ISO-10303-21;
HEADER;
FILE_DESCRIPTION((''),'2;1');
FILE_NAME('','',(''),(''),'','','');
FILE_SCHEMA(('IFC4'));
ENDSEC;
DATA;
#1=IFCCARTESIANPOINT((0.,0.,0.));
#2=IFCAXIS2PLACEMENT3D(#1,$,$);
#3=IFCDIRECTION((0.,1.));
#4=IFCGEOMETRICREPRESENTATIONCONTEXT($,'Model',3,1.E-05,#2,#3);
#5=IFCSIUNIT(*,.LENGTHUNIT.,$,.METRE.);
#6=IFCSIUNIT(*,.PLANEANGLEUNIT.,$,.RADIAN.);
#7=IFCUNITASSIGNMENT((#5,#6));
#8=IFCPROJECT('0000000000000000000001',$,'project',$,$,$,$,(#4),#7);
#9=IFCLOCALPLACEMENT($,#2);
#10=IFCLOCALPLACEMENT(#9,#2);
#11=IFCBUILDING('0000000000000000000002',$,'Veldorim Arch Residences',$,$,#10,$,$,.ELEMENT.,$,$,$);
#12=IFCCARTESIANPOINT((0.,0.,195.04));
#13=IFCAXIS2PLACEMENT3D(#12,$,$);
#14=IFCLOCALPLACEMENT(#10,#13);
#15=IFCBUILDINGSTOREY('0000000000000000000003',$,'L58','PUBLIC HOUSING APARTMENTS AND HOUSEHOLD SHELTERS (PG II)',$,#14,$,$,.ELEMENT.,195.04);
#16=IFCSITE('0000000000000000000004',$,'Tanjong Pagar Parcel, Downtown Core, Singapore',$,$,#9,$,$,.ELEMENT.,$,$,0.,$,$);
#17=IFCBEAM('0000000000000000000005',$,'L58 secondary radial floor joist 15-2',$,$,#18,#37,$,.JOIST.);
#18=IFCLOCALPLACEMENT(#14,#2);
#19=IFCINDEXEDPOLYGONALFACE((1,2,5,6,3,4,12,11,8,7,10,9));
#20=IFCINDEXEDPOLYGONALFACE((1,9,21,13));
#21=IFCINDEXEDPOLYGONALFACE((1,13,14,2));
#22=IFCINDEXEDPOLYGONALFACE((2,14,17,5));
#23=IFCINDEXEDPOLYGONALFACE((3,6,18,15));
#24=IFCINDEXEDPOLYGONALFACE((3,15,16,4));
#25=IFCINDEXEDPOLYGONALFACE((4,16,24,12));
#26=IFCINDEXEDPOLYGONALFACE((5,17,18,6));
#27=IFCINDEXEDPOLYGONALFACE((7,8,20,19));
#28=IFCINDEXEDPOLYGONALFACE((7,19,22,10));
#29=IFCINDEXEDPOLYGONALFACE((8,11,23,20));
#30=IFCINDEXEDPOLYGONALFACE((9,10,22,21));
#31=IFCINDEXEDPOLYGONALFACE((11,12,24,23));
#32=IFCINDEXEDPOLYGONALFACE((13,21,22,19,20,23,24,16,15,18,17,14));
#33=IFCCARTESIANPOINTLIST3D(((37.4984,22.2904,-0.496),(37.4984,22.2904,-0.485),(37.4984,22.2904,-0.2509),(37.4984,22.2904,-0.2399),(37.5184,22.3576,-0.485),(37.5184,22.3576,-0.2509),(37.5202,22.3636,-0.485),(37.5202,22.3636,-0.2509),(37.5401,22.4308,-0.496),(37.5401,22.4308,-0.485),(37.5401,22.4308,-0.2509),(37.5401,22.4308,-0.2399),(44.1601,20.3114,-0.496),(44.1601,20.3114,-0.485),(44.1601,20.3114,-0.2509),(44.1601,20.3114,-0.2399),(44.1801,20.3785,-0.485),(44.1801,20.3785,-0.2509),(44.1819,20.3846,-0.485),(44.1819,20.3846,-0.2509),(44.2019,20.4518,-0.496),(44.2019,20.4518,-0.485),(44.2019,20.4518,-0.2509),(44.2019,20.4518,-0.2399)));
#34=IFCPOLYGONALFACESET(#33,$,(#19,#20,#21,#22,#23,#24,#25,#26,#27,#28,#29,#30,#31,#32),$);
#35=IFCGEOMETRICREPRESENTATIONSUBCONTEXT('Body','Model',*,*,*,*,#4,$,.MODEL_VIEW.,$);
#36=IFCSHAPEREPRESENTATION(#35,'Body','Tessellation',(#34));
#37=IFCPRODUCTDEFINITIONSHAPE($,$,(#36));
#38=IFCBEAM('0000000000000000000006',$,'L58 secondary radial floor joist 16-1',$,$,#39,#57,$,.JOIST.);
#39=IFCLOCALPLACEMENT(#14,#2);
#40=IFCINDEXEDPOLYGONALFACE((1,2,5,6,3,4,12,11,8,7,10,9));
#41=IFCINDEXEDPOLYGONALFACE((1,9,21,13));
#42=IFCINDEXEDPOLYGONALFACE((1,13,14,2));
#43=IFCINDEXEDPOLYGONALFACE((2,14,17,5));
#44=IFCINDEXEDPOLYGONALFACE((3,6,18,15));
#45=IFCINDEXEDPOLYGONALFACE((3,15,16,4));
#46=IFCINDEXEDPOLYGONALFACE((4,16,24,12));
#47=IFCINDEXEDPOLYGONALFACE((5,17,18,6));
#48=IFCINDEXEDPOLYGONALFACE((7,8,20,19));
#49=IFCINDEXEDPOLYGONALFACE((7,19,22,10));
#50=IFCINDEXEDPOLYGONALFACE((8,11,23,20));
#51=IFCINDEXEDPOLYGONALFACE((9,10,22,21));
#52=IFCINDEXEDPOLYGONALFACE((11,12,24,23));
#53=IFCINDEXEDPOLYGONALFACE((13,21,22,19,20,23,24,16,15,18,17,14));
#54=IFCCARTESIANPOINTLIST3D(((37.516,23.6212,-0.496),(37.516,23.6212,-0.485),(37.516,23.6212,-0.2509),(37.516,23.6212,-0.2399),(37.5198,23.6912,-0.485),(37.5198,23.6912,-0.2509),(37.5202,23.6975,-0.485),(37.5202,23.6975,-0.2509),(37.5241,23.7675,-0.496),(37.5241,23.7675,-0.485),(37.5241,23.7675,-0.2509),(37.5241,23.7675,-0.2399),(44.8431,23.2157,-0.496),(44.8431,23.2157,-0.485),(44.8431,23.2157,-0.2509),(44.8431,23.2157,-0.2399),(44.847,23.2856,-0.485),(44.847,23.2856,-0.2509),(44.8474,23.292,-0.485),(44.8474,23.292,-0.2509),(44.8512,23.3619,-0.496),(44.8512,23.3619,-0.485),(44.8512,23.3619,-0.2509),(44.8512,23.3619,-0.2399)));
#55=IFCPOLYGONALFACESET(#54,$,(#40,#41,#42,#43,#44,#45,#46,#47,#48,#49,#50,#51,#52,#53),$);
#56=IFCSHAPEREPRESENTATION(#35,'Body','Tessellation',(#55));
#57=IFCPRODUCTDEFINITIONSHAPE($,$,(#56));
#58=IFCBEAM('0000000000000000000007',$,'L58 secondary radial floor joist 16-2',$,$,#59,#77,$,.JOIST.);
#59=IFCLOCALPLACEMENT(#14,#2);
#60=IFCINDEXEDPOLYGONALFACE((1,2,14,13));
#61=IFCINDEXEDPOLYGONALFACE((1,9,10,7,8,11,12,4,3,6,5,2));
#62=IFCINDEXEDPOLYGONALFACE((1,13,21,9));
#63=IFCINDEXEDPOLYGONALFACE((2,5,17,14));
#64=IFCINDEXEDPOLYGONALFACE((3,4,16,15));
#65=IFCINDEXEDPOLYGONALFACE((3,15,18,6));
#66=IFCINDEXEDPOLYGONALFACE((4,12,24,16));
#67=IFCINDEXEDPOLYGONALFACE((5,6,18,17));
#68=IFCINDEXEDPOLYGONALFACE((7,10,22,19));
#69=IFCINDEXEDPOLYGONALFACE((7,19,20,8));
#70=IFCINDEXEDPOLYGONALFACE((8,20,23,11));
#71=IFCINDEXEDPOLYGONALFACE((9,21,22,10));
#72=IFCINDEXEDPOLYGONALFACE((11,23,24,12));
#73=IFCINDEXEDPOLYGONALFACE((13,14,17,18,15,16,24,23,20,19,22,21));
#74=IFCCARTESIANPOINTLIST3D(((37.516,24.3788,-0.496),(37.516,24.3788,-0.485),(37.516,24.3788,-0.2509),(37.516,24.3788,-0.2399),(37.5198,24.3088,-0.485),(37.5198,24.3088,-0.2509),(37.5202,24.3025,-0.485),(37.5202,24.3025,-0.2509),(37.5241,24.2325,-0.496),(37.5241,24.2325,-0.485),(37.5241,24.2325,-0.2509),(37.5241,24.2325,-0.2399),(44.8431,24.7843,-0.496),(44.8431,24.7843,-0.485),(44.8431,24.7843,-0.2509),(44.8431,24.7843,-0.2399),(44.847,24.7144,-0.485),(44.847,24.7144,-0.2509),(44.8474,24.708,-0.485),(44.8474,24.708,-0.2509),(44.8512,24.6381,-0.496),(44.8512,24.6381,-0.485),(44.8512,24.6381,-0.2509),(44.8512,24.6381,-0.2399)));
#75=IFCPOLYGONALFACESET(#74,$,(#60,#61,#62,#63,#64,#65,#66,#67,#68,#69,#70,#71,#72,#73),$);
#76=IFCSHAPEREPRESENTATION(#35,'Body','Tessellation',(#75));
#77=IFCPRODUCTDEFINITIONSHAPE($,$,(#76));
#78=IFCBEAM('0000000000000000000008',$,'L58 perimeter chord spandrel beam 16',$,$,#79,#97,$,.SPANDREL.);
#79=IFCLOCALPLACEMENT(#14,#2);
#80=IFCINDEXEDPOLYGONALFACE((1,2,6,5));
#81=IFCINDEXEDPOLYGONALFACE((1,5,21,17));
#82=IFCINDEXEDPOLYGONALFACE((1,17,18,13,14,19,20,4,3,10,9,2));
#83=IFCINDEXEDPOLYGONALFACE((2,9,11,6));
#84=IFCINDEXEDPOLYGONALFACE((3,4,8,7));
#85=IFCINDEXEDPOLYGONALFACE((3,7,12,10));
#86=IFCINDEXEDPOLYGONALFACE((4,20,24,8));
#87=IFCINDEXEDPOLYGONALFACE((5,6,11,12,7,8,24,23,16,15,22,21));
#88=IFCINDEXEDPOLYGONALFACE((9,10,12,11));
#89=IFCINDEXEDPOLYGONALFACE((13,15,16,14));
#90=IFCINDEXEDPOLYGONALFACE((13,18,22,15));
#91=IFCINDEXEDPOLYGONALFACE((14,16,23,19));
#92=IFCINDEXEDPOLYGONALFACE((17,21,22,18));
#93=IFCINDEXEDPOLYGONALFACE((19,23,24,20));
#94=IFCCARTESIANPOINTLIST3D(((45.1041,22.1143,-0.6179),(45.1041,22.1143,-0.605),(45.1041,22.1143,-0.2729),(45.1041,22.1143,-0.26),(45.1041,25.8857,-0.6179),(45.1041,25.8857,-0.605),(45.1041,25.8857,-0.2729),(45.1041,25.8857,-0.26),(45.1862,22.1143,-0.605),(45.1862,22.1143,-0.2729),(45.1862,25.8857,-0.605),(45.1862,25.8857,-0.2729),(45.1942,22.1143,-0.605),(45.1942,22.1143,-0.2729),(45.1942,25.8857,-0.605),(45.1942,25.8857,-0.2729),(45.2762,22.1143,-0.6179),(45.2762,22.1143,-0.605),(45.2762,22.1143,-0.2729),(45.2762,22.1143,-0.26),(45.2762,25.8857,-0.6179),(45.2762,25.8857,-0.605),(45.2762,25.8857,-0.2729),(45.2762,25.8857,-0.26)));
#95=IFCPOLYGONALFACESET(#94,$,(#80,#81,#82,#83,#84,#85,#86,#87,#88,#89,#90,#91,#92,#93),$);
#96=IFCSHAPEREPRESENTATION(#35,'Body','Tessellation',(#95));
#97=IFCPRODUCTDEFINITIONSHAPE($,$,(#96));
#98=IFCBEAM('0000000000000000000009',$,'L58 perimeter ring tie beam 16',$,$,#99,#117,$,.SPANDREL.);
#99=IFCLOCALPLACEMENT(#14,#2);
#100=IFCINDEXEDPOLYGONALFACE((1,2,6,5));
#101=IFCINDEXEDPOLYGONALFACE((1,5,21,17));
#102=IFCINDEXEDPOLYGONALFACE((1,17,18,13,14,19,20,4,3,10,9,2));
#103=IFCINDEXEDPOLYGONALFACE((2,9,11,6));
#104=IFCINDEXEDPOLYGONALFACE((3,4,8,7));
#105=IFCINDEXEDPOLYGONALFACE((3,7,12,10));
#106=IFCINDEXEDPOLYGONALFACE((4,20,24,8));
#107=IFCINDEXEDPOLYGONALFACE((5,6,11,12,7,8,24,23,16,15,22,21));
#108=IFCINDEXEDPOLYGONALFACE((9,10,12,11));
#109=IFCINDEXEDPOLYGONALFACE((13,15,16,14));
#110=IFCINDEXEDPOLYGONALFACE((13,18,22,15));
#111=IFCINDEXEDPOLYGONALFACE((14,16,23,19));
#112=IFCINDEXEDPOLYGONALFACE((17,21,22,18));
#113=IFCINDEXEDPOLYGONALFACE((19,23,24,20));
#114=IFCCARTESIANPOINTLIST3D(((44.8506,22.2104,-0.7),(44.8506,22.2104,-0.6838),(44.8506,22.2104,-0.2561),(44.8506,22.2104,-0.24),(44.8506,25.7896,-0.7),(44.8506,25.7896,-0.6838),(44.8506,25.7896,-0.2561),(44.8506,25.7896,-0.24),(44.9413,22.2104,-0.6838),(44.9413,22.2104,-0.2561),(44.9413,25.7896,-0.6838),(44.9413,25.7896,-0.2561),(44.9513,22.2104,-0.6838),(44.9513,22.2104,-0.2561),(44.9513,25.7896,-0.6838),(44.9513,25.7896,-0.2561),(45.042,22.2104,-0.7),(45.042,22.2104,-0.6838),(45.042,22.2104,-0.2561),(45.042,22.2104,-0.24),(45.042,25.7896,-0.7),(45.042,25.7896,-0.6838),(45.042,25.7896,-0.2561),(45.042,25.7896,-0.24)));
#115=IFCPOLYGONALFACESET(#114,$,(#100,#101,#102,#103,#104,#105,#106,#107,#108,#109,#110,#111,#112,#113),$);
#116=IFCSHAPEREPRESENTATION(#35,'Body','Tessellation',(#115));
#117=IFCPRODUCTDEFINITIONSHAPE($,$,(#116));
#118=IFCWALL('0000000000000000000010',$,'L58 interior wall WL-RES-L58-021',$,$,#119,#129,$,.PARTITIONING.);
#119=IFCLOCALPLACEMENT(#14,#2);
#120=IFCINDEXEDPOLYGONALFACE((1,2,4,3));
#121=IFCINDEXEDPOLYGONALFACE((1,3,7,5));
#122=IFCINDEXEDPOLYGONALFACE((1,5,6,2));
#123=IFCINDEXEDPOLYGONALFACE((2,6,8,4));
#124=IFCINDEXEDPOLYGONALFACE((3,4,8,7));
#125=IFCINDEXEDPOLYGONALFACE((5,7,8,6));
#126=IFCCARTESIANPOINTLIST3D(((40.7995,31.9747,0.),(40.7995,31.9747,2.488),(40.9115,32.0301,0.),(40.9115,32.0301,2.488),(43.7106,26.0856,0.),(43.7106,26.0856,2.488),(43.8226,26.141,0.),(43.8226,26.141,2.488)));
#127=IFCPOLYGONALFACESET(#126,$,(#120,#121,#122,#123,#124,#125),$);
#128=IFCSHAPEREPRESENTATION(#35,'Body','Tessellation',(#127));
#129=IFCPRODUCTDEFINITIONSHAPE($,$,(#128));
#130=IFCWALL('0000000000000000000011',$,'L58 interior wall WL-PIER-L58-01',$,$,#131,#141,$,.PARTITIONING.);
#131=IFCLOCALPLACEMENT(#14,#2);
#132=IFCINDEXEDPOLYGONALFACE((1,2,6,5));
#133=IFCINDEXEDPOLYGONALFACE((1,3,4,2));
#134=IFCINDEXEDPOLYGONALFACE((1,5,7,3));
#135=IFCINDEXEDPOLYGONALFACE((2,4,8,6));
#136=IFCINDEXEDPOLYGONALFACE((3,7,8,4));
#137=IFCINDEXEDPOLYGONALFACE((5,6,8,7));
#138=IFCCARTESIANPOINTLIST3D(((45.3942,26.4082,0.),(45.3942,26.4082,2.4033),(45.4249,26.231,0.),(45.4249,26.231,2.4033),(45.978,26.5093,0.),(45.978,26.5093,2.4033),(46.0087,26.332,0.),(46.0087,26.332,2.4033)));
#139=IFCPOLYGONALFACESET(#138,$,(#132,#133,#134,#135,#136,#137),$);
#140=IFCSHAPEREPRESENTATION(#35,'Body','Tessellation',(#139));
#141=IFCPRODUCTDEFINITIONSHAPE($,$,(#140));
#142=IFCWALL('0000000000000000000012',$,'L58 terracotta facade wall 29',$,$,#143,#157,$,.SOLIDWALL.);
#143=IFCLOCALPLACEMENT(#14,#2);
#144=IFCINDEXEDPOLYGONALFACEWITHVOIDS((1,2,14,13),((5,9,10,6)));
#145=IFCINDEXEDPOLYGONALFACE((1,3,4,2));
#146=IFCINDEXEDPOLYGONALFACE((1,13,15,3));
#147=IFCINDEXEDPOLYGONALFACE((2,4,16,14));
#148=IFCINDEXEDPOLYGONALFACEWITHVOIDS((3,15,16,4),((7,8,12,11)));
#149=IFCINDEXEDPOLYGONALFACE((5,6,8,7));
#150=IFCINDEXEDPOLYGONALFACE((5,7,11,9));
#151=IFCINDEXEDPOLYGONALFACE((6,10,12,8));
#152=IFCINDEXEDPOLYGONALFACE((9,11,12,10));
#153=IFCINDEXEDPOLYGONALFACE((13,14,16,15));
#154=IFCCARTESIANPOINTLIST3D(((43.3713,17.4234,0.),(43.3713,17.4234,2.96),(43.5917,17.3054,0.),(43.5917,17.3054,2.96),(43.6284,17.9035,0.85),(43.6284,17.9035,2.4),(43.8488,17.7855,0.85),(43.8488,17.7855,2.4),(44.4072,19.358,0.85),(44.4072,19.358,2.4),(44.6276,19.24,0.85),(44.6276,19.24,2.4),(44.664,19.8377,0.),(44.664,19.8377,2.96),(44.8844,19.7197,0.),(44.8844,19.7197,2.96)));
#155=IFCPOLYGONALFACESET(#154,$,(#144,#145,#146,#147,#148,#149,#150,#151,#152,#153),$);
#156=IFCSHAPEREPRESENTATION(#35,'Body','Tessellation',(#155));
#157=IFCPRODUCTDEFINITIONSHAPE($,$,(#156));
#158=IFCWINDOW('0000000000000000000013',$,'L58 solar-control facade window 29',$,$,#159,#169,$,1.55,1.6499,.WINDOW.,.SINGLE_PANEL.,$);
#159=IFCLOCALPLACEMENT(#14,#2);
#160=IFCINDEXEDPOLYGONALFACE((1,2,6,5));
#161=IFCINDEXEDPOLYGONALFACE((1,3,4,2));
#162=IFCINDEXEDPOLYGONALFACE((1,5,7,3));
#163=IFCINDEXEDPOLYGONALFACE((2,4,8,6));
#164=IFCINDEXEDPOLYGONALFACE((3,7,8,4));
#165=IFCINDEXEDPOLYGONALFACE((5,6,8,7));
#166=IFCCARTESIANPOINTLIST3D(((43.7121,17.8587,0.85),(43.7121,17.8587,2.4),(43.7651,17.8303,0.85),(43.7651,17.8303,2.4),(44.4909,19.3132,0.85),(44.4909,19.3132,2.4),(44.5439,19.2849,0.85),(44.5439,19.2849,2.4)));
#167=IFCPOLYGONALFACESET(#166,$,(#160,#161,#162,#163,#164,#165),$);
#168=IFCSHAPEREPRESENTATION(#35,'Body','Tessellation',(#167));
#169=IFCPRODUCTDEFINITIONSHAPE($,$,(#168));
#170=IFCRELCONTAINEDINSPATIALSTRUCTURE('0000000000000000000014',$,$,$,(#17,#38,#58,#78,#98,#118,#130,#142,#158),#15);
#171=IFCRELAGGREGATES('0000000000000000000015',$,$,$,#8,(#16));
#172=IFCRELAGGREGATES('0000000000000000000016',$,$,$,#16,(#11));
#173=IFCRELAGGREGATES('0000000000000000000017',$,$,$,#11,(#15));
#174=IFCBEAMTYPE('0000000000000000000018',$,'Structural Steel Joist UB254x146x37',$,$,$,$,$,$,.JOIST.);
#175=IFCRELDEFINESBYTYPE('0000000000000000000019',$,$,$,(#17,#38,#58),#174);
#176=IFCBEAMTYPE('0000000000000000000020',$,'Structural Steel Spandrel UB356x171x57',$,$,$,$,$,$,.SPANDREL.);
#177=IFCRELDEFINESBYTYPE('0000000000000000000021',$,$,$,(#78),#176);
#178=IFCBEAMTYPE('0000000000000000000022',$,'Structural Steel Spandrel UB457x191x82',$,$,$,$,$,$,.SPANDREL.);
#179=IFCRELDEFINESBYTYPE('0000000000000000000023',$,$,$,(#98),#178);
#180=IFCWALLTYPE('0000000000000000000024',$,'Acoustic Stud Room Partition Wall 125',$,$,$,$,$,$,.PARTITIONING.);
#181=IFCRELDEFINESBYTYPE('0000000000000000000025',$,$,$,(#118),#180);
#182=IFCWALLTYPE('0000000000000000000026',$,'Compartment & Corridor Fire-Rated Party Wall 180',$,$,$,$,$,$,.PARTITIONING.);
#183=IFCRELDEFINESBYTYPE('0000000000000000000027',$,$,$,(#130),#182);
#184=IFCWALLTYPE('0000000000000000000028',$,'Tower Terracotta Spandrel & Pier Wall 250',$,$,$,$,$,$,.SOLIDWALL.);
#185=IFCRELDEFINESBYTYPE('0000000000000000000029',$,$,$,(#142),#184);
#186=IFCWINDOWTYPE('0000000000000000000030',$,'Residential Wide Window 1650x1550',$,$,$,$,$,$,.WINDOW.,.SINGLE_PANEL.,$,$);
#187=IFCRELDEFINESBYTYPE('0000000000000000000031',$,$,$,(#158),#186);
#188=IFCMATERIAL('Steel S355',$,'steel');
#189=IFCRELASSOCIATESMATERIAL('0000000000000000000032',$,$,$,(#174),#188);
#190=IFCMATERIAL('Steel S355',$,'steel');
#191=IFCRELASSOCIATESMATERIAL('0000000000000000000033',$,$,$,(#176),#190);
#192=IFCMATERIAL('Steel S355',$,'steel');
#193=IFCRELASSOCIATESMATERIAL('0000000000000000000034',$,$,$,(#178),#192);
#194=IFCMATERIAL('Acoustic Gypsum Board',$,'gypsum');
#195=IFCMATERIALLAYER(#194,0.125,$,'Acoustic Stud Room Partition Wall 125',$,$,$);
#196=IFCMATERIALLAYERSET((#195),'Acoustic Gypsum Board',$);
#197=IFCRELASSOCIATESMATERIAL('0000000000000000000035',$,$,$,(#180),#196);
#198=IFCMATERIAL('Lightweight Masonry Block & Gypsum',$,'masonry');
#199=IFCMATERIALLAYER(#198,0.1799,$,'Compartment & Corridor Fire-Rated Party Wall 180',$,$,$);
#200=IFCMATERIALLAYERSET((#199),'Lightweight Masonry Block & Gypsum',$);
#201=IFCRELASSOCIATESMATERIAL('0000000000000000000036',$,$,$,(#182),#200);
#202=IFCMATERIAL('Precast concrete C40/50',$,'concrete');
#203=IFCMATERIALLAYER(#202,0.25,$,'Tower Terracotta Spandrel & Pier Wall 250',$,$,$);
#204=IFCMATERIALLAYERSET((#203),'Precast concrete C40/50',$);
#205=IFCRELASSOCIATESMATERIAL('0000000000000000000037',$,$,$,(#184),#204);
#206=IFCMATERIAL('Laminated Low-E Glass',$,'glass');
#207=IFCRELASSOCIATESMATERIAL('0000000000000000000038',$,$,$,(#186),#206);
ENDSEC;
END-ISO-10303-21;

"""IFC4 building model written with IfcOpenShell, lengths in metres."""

from ifc_helpers import new_model, si_unit, direction, frame, frame_2d, origin, origin_2d, place, context, subcontext, project, spatial, rectangle, i_section, extrude, material, layer, layer_set, material_profile, profile_set, type_object, element, fill, save


model = new_model("IFC4")

# Units and contexts
model_context = context("Model", 3, precision=1e-05, world=origin(), true_north=direction((0.0, 1.0)))
body_context = subcontext(model_context, "Body", "Model", "MODEL_VIEW")
ifc_project = project(units=[si_unit("LENGTHUNIT", "METRE"), si_unit("PLANEANGLEUNIT", "RADIAN")], contexts=[model_context])

# Site, building, storey
site_placement = place(None, origin())
site = spatial("IfcSite", under=ifc_project, at=site_placement, Name="Tanjong Pagar Parcel, Downtown Core, Singapore", CompositionType="ELEMENT", RefElevation=0.0)
building_placement = place(site_placement, origin())
building = spatial("IfcBuilding", under=site, at=building_placement, Name="Veldorim Arch Residences", CompositionType="ELEMENT")
storey_placement = place(building_placement, frame((0.0, 0.0, 195.04)))
storey = spatial("IfcBuildingStorey", under=building, at=storey_placement, Name="L58", Description="PUBLIC HOUSING APARTMENTS AND HOUSEHOLD SHELTERS (PG II)", CompositionType="ELEMENT", Elevation=195.04)

# Beams
ifc_material_1 = material(Name="Steel S355", Category="steel")
ifc_material_profile_1 = material_profile(ifc_material_1, i_section(OverallWidth=0.1465, OverallDepth=0.2561, WebThickness=0.0063, FlangeThickness=0.011, at=origin_2d()), Name="UB254x146x37")
ifc_profile_set_1 = profile_set([ifc_material_profile_1], Name="Steel S355")
beam_type_1 = type_object("IfcBeamType", Name="Structural Steel Joist UB254x146x37", PredefinedType="JOIST", material=ifc_profile_set_1)
beam_1_placement = place(storey_placement, frame((37.5193, 22.3606, -0.3679), z_axis=(0.958594, -0.284775, 0.0), x_axis=(0.284775, 0.958594, 0.0)))
element("IfcBeam", 1, at=beam_1_placement, inside=storey, type_object=beam_type_1, Name="L58 secondary radial floor joist 15-2", PredefinedType="JOIST", context=body_context, shape_type="SweptSolid", body=[
    extrude(i_section(OverallWidth=0.1465, OverallDepth=0.2561, WebThickness=0.0063, FlangeThickness=0.011, at=origin_2d()), origin(), (0.0, 0.0, 1.0), 6.9495),
])
for number, where, z_axis, x_axis, name in (
    (2, (37.52, 23.6943, -0.3679), (0.998472, -0.05526, 0.0), (0.05526, 0.998472, 0.0), "L58 secondary radial floor joist 16-1"),
    (3, (37.52, 24.3057, -0.3679), (0.998472, 0.05526, 0.0), (-0.05526, 0.998472, 0.0), "L58 secondary radial floor joist 16-2"),
):
    element("IfcBeam", number, at=place(storey_placement, frame(where, z_axis=z_axis, x_axis=x_axis)), inside=storey, type_object=beam_type_1, Name=name, PredefinedType="JOIST", context=body_context, shape_type="SweptSolid", body=[
        extrude(i_section(OverallWidth=0.1465, OverallDepth=0.2561, WebThickness=0.0063, FlangeThickness=0.011, at=origin_2d()), origin(), (0.0, 0.0, 1.0), 7.3384),
    ])
ifc_material_2 = material(Name="Steel S355", Category="steel")
ifc_material_profile_2 = material_profile(ifc_material_2, i_section(OverallWidth=0.1721, OverallDepth=0.3579, WebThickness=0.0081, FlangeThickness=0.0129, at=origin_2d()), Name="UB356x171x57")
ifc_profile_set_2 = profile_set([ifc_material_profile_2], Name="Steel S355")
beam_type_2 = type_object("IfcBeamType", Name="Structural Steel Spandrel UB356x171x57", PredefinedType="SPANDREL", material=ifc_profile_set_2)
beam_2_placement = place(storey_placement, frame((45.1902, 22.1143, -0.439), z_axis=(0.0, 1.0, 0.0), x_axis=(-1.0, 0.0, 0.0)))
element("IfcBeam", 4, at=beam_2_placement, inside=storey, type_object=beam_type_2, Name="L58 perimeter chord spandrel beam 16", PredefinedType="SPANDREL", context=body_context, shape_type="SweptSolid", body=[
    extrude(i_section(OverallWidth=0.1721, OverallDepth=0.3579, WebThickness=0.0081, FlangeThickness=0.0129, at=origin_2d()), origin(), (0.0, 0.0, 1.0), 3.7715),
])
ifc_material_3 = material(Name="Steel S355", Category="steel")
ifc_material_profile_3 = material_profile(ifc_material_3, i_section(OverallWidth=0.1914, OverallDepth=0.46, WebThickness=0.01, FlangeThickness=0.0161, at=origin_2d()), Name="UB457x191x82")
ifc_profile_set_3 = profile_set([ifc_material_profile_3], Name="Steel S355")
beam_type_3 = type_object("IfcBeamType", Name="Structural Steel Spandrel UB457x191x82", PredefinedType="SPANDREL", material=ifc_profile_set_3)
beam_3_placement = place(storey_placement, frame((44.9463, 22.2104, -0.47), z_axis=(0.0, 1.0, 0.0), x_axis=(-1.0, 0.0, 0.0)))
element("IfcBeam", 5, at=beam_3_placement, inside=storey, type_object=beam_type_3, Name="L58 perimeter ring tie beam 16", PredefinedType="SPANDREL", context=body_context, shape_type="SweptSolid", body=[
    extrude(i_section(OverallWidth=0.1914, OverallDepth=0.46, WebThickness=0.01, FlangeThickness=0.0161, at=origin_2d()), origin(), (0.0, 0.0, 1.0), 3.5791),
])

# Walls
ifc_material_4 = material(Name="Acoustic Gypsum Board", Category="gypsum")
ifc_layer_1 = layer(ifc_material_4, 0.125, Name="Acoustic Stud Room Partition Wall 125")
ifc_layer_set_1 = layer_set([ifc_layer_1], Name="Acoustic Gypsum Board")
wall_type_1 = type_object("IfcWallType", Name="Acoustic Stud Room Partition Wall 125", PredefinedType="PARTITIONING", material=ifc_layer_set_1)
wall_1_placement = place(storey_placement, frame((43.7666, 26.1133, 0.0), z_axis=(0.0, 0.0, 1.0), x_axis=(-0.443136, 0.896454, 0.0)))
element("IfcWall", 6, at=wall_1_placement, inside=storey, type_object=wall_type_1, Name="L58 interior wall WL-RES-L58-021", PredefinedType="PARTITIONING", context=body_context, shape_type="SweptSolid", body=[
    extrude(rectangle(XDim=6.5693, YDim=0.125, at=frame_2d((3.2847, 0.0))), origin(), (0.0, 0.0, 1.0), 2.488),
])
ifc_material_5 = material(Name="Lightweight Masonry Block & Gypsum", Category="masonry")
ifc_layer_2 = layer(ifc_material_5, 0.1799, Name="Compartment & Corridor Fire-Rated Party Wall 180")
ifc_layer_set_2 = layer_set([ifc_layer_2], Name="Lightweight Masonry Block & Gypsum")
wall_type_2 = type_object("IfcWallType", Name="Compartment & Corridor Fire-Rated Party Wall 180", PredefinedType="PARTITIONING", material=ifc_layer_set_2)
wall_2_placement = place(storey_placement, frame((45.4094, 26.3196, 0.0), z_axis=(0.0, 0.0, 1.0), x_axis=(0.985339, 0.170611, 0.0)))
element("IfcWall", 7, at=wall_2_placement, inside=storey, type_object=wall_type_2, Name="L58 interior wall WL-PIER-L58-01", PredefinedType="PARTITIONING", context=body_context, shape_type="SweptSolid", body=[
    extrude(rectangle(XDim=0.5925, YDim=0.1799, at=frame_2d((0.2964, 0.0))), origin(), (0.0, 0.0, 1.0), 2.4033),
])

# Wall, opening, window
ifc_material_6 = material(Name="Precast concrete C40/50", Category="concrete")
ifc_layer_3 = layer(ifc_material_6, 0.25, Name="Tower Terracotta Spandrel & Pier Wall 250")
ifc_layer_set_3 = layer_set([ifc_layer_3], Name="Precast concrete C40/50")
wall_type_3 = type_object("IfcWallType", Name="Tower Terracotta Spandrel & Pier Wall 250", PredefinedType="SOLIDWALL", material=ifc_layer_set_3)
wall_3_placement = place(storey_placement, frame((44.7742, 19.7786, 0.0), z_axis=(0.0, 0.0, 1.0), x_axis=(-0.472036, -0.881579, 0.0)))
wall_3 = element("IfcWall", 8, at=wall_3_placement, inside=storey, type_object=wall_type_3, Name="L58 terracotta facade wall 29", PredefinedType="SOLIDWALL", context=body_context, shape_type="SweptSolid", body=[
    extrude(rectangle(XDim=2.7385, YDim=0.25, at=frame_2d((1.3691, 0.0))), origin(), (0.0, 0.0, 1.0), 2.96),
])
opening_1_placement = place(wall_3_placement, frame((0.5439, 0.0, 0.8501)))
opening_1 = element("IfcOpeningElement", 9, at=opening_1_placement, cuts=wall_3, PredefinedType="OPENING", context=body_context, shape_type="SweptSolid", body=[
    extrude(rectangle(XDim=1.6499, YDim=1.55, at=frame_2d((0.825, 0.7749))), frame((0.0, 0.135, 0.0), z_axis=(0.0, -1.0, 0.0), x_axis=(1.0, 0.0, 0.0)), (0.0, 0.0, 1.0), 0.27),
])
ifc_material_7 = material(Name="Laminated Low-E Glass", Category="glass")
window_type = type_object("IfcWindowType", Name="Residential Wide Window 1650x1550", PartitioningType="SINGLE_PANEL", PredefinedType="WINDOW", material=ifc_material_7)
window_placement = place(opening_1_placement, origin())
window = element("IfcWindow", 10, at=window_placement, inside=storey, type_object=window_type, Name="L58 solar-control facade window 29", OverallHeight=1.55, OverallWidth=1.6499, PartitioningType="SINGLE_PANEL", PredefinedType="WINDOW", context=body_context, shape_type="SweptSolid", body=[
    extrude(rectangle(XDim=1.6499, YDim=1.55, at=frame_2d((0.825, 0.7749))), frame((0.0, 0.03, 0.0), z_axis=(0.0, -1.0, 0.0), x_axis=(1.0, 0.0, 0.0)), (0.0, 0.0, 1.0), 0.0601),
])
fill(opening_1, window)

save(model, "model.ifc")
